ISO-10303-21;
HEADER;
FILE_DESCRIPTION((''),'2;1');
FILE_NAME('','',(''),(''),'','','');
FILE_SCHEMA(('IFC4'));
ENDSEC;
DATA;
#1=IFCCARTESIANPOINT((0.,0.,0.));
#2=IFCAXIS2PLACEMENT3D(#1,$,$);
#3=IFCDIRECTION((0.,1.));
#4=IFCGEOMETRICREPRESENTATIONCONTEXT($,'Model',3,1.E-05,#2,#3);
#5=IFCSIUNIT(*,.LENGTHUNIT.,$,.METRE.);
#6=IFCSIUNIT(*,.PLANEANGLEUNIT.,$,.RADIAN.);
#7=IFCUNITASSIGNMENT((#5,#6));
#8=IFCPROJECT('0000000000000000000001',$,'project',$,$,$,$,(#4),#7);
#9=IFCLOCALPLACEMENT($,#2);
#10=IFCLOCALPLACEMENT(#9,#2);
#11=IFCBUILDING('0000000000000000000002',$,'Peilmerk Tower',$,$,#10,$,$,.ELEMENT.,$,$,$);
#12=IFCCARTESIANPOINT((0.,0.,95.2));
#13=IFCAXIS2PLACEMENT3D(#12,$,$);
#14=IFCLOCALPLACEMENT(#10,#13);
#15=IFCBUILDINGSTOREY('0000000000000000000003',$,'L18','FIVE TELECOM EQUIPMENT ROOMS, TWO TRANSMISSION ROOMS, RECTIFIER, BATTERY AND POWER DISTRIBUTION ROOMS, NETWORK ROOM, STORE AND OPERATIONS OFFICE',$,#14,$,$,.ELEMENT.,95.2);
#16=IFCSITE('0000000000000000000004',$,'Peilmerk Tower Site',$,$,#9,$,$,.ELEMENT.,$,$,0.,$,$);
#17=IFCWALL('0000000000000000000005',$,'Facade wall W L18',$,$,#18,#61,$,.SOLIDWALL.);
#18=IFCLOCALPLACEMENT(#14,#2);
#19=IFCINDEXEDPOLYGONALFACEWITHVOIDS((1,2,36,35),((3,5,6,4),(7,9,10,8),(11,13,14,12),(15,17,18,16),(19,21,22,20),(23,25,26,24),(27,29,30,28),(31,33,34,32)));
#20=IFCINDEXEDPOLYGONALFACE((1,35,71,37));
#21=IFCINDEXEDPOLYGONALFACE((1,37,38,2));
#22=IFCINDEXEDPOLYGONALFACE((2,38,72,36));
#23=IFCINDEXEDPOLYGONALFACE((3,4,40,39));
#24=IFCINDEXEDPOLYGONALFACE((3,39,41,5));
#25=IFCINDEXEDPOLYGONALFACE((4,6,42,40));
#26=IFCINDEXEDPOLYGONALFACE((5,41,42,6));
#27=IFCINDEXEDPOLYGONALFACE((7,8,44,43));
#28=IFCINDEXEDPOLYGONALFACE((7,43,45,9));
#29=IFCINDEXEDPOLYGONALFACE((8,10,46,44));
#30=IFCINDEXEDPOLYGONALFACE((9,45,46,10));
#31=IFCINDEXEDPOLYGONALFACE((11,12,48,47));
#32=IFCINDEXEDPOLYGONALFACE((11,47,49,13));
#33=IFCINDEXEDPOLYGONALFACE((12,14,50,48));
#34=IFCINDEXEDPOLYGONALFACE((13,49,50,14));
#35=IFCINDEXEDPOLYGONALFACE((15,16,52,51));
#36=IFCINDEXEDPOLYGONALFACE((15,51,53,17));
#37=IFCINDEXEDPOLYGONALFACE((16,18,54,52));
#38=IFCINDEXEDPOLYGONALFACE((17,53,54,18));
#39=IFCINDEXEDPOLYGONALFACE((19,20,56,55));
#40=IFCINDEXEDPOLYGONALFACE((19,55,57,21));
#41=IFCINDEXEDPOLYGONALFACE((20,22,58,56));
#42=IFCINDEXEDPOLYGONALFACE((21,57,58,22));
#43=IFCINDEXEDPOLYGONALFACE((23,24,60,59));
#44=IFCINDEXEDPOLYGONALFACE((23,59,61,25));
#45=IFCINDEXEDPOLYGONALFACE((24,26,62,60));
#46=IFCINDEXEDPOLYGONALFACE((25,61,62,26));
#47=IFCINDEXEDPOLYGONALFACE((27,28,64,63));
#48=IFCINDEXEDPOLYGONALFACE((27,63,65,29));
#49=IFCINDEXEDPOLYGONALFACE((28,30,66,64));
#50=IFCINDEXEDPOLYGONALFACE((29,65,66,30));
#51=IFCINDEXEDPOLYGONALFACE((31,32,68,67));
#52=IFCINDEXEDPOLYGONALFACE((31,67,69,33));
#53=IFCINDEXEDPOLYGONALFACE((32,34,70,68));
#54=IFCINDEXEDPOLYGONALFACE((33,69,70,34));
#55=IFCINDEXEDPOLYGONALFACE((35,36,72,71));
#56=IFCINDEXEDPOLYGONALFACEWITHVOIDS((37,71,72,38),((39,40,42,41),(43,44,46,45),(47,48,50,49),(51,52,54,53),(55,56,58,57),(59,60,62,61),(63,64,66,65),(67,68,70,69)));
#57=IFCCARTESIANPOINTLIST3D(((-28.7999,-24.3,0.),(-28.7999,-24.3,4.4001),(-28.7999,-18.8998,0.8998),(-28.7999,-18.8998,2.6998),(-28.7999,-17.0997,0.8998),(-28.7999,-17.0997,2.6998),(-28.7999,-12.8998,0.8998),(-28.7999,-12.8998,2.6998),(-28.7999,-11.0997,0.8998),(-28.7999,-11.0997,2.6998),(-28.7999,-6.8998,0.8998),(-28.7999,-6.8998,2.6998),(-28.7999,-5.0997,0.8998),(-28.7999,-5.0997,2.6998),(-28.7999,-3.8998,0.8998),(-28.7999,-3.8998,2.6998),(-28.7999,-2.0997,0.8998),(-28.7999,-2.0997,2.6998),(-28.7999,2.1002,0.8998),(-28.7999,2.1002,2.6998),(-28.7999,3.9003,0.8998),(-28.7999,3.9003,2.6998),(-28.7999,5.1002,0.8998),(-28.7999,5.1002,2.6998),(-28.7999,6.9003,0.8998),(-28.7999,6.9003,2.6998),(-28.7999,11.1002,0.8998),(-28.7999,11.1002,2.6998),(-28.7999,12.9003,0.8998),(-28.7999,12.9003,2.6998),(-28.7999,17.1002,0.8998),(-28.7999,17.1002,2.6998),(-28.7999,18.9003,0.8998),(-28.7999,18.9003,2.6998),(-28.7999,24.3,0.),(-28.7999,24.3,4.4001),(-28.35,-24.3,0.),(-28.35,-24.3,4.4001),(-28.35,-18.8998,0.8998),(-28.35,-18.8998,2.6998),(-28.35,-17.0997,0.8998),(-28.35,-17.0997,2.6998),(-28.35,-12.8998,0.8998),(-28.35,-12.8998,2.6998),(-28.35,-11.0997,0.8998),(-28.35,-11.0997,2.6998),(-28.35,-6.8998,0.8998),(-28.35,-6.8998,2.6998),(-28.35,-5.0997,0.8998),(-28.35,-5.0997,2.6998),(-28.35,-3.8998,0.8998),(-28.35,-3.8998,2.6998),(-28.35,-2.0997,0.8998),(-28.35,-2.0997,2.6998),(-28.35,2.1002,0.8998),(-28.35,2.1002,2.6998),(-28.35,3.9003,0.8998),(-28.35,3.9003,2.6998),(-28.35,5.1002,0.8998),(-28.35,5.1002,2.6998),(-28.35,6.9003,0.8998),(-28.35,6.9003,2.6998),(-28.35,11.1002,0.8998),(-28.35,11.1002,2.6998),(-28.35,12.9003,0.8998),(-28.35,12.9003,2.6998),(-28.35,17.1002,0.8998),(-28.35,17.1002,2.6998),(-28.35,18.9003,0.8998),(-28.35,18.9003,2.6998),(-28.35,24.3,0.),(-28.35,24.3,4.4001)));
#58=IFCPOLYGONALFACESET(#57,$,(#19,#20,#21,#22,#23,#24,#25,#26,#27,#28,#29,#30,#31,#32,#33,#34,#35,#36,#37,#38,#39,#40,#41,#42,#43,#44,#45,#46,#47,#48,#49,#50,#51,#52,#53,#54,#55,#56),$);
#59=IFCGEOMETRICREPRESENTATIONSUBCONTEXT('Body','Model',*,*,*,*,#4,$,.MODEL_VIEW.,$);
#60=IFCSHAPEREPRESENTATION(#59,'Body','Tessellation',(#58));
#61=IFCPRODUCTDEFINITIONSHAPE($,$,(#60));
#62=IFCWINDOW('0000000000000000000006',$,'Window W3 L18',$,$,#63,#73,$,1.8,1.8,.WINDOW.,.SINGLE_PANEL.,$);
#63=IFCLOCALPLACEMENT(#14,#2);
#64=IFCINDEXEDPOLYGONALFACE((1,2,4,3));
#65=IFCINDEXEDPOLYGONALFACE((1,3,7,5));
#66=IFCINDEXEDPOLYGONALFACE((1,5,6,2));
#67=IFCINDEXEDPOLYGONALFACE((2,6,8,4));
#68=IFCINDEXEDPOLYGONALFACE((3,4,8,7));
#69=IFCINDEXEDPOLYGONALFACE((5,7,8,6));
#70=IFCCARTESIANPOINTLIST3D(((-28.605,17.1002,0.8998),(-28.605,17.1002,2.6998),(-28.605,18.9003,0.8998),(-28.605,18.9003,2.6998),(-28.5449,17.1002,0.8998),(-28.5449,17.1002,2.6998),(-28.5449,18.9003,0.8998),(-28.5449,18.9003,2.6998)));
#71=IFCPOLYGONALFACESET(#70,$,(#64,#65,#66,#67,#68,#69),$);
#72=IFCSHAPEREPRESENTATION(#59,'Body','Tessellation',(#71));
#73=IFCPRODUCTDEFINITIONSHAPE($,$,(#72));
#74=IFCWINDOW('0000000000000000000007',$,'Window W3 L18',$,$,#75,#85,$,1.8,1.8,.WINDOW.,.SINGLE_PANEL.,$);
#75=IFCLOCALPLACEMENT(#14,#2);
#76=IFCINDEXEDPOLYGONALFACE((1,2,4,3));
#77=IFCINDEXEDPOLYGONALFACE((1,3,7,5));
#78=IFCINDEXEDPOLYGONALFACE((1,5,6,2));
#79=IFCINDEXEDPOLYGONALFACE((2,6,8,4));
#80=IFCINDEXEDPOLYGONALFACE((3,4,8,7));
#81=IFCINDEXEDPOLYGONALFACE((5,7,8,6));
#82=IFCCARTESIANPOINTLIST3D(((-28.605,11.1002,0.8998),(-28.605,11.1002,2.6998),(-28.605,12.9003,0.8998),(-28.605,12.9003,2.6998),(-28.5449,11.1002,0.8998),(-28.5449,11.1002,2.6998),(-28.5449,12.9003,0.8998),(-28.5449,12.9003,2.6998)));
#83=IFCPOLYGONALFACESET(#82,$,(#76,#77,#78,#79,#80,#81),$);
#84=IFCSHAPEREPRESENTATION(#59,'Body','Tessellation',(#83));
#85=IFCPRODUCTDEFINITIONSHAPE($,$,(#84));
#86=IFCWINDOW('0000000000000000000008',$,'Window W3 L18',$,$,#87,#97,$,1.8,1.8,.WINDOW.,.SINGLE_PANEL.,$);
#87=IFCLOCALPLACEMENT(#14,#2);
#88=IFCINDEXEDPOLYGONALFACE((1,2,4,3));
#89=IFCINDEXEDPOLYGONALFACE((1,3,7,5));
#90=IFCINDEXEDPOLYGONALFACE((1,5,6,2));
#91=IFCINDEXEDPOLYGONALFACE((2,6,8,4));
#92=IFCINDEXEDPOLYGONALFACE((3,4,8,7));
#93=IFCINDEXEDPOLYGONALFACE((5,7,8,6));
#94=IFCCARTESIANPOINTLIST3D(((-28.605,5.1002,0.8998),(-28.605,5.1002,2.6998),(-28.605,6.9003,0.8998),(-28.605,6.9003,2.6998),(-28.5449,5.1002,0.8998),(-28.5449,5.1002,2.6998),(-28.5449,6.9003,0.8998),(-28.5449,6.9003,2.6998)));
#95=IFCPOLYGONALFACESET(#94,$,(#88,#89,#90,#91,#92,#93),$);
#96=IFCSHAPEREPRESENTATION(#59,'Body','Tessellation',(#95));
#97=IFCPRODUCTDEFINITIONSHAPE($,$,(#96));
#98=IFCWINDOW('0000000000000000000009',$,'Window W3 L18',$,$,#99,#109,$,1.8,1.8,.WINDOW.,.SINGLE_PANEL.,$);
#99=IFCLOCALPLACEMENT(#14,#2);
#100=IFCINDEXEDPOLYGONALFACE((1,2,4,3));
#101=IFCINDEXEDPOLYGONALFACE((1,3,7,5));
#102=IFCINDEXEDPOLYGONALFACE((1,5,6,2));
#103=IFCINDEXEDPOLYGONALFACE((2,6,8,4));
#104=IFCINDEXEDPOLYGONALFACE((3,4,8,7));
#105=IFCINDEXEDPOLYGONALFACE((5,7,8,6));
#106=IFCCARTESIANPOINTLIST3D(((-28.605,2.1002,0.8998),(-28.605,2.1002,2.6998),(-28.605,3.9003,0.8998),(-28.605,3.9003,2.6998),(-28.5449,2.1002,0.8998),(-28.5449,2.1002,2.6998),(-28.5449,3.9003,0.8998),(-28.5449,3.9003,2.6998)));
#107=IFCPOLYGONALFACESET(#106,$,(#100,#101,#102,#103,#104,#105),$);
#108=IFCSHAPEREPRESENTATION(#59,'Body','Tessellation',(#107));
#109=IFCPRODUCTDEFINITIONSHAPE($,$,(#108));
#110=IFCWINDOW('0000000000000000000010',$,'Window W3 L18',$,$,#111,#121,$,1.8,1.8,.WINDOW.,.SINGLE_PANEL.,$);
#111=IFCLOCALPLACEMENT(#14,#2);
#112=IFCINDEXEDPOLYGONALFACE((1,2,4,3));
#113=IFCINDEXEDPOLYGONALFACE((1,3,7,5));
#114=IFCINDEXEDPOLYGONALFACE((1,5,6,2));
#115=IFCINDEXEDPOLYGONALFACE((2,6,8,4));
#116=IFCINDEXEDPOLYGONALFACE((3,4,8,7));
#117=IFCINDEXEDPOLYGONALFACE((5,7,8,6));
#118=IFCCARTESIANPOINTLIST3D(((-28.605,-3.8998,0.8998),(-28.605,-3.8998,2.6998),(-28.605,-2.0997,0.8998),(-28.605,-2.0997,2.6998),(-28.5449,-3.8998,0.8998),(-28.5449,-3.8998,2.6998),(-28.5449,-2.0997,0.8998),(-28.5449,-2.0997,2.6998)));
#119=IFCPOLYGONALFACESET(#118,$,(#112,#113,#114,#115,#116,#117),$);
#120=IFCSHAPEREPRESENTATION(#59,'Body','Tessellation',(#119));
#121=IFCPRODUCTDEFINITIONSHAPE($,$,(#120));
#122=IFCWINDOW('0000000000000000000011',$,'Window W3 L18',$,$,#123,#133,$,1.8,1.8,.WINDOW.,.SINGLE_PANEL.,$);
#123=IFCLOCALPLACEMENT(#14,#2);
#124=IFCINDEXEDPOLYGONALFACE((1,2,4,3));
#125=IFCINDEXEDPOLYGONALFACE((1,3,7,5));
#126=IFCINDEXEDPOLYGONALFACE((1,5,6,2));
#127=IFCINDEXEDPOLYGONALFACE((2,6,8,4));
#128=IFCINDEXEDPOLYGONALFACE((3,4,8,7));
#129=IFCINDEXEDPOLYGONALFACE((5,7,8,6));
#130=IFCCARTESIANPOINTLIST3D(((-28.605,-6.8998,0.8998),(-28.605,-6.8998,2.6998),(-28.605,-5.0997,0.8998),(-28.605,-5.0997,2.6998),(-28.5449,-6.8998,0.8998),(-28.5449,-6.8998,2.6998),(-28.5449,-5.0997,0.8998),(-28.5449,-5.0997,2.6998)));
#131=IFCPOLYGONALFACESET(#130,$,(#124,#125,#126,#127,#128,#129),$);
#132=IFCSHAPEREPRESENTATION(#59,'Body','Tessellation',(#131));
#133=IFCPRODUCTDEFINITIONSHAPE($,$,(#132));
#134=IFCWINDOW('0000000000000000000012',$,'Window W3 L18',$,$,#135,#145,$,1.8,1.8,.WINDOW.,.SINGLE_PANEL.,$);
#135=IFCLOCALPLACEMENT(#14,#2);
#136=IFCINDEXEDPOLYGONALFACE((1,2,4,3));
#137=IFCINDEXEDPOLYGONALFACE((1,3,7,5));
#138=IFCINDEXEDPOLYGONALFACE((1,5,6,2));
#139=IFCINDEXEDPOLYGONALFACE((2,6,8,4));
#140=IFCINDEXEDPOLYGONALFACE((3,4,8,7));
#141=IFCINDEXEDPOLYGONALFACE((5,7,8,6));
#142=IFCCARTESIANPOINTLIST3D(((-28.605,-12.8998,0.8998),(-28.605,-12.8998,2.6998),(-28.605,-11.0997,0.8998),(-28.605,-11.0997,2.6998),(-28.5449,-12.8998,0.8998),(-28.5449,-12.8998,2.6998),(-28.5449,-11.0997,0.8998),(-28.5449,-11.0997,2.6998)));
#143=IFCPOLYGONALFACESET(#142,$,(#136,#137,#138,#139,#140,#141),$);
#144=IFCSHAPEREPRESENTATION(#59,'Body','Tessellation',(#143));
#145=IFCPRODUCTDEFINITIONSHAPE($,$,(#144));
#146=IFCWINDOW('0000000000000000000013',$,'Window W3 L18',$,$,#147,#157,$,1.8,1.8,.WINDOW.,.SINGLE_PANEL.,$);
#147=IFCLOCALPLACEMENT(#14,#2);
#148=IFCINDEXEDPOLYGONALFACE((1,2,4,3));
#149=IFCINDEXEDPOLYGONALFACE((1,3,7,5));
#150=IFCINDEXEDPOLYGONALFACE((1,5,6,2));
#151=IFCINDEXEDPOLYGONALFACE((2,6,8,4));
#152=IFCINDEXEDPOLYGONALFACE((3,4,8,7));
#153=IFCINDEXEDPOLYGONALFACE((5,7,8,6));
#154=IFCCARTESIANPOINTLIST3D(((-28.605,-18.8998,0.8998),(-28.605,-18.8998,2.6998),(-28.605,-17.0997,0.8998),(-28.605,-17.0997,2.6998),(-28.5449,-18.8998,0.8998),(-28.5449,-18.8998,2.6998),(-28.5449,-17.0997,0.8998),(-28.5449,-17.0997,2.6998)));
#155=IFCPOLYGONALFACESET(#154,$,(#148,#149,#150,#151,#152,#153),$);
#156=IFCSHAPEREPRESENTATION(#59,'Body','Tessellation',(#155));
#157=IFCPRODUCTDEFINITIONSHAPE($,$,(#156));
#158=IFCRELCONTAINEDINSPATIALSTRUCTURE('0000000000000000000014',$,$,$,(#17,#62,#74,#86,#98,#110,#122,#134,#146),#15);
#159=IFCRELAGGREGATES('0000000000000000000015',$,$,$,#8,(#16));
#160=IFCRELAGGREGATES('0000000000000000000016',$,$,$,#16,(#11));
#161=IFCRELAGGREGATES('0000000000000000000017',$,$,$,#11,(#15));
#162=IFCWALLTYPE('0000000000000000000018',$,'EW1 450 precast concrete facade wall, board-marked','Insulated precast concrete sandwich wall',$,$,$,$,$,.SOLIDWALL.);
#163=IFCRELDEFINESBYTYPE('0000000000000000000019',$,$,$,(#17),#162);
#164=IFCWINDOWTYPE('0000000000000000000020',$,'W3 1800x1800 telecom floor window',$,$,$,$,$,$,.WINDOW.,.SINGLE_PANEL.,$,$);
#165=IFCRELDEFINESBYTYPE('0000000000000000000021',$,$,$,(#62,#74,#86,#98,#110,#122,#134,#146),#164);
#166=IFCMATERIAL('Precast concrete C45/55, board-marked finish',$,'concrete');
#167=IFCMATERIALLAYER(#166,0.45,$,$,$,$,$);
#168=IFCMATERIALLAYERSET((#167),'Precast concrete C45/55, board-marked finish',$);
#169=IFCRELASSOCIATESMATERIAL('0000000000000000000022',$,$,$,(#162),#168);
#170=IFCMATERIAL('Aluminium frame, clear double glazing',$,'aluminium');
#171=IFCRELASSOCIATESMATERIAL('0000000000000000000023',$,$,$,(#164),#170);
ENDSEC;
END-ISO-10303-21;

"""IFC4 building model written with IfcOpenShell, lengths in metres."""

from ifc_helpers import new_model, si_unit, direction, frame, frame_2d, origin, place, context, subcontext, project, spatial, rectangle, extrude, material, layer, layer_set, type_object, element, fill, save


model = new_model("IFC4")

# Units and contexts
model_context = context("Model", 3, precision=1e-05, world=origin(), true_north=direction((0.0, 1.0)))
body_context = subcontext(model_context, "Body", "Model", "MODEL_VIEW")
ifc_project = project(units=[si_unit("LENGTHUNIT", "METRE"), si_unit("PLANEANGLEUNIT", "RADIAN")], contexts=[model_context])

# Site, building, storey
site_placement = place(None, origin())
site = spatial("IfcSite", under=ifc_project, at=site_placement, Name="Peilmerk Tower Site", CompositionType="ELEMENT", RefElevation=0.0)
building_placement = place(site_placement, origin())
building = spatial("IfcBuilding", under=site, at=building_placement, Name="Peilmerk Tower", CompositionType="ELEMENT")
storey_placement = place(building_placement, frame((0.0, 0.0, 95.2)))
storey = spatial("IfcBuildingStorey", under=building, at=storey_placement, Name="L18", Description="FIVE TELECOM EQUIPMENT ROOMS, TWO TRANSMISSION ROOMS, RECTIFIER, BATTERY AND POWER DISTRIBUTION ROOMS, NETWORK ROOM, STORE AND OPERATIONS OFFICE", CompositionType="ELEMENT", Elevation=95.2)

# Wall, openings, windows
ifc_material_1 = material(Name="Precast concrete C45/55, board-marked finish", Category="concrete")
ifc_layer = layer(ifc_material_1, 0.45)
ifc_layer_set = layer_set([ifc_layer], Name="Precast concrete C45/55, board-marked finish")
wall_type = type_object("IfcWallType", Name="EW1 450 precast concrete facade wall, board-marked", Description="Insulated precast concrete sandwich wall", PredefinedType="SOLIDWALL", material=ifc_layer_set)
wall_1_placement = place(storey_placement, frame((-28.575, 24.3, 0.0), z_axis=(0.0, 0.0, 1.0), x_axis=(0.0, -1.0, 0.0)))
wall_1 = element("IfcWall", 1, at=wall_1_placement, inside=storey, type_object=wall_type, Name="Facade wall W L18", PredefinedType="SOLIDWALL", context=body_context, shape_type="SweptSolid", body=[
    extrude(rectangle(XDim=48.6001, YDim=0.45, at=frame_2d((24.3, 0.0))), origin(), (0.0, 0.0, 1.0), 4.4001),
])
opening_1_placement = place(wall_1_placement, frame((5.3999, 0.0, 0.8999)))
opening_1 = element("IfcOpeningElement", 2, at=opening_1_placement, cuts=wall_1, PredefinedType="OPENING", context=body_context, shape_type="SweptSolid", body=[
    extrude(rectangle(XDim=1.8, YDim=1.8, at=frame_2d((0.8999, 0.8999))), frame((0.0, 0.2349, 0.0), z_axis=(0.0, -1.0, 0.0), x_axis=(1.0, 0.0, 0.0)), (0.0, 0.0, 1.0), 0.47),
])
opening_2_placement = place(wall_1_placement, frame((11.3999, 0.0, 0.8999)))
opening_2 = element("IfcOpeningElement", 3, at=opening_2_placement, cuts=wall_1, PredefinedType="OPENING", context=body_context, shape_type="SweptSolid", body=[
    extrude(rectangle(XDim=1.8, YDim=1.8, at=frame_2d((0.8999, 0.8999))), frame((0.0, 0.2349, 0.0), z_axis=(0.0, -1.0, 0.0), x_axis=(1.0, 0.0, 0.0)), (0.0, 0.0, 1.0), 0.47),
])
opening_3_placement = place(wall_1_placement, frame((17.3999, 0.0, 0.8999)))
opening_3 = element("IfcOpeningElement", 4, at=opening_3_placement, cuts=wall_1, PredefinedType="OPENING", context=body_context, shape_type="SweptSolid", body=[
    extrude(rectangle(XDim=1.8, YDim=1.8, at=frame_2d((0.8999, 0.8999))), frame((0.0, 0.2349, 0.0), z_axis=(0.0, -1.0, 0.0), x_axis=(1.0, 0.0, 0.0)), (0.0, 0.0, 1.0), 0.47),
])
opening_4_placement = place(wall_1_placement, frame((20.3999, 0.0, 0.8999)))
opening_4 = element("IfcOpeningElement", 5, at=opening_4_placement, cuts=wall_1, PredefinedType="OPENING", context=body_context, shape_type="SweptSolid", body=[
    extrude(rectangle(XDim=1.8, YDim=1.8, at=frame_2d((0.8999, 0.8999))), frame((0.0, 0.2349, 0.0), z_axis=(0.0, -1.0, 0.0), x_axis=(1.0, 0.0, 0.0)), (0.0, 0.0, 1.0), 0.47),
])
opening_5_placement = place(wall_1_placement, frame((26.3999, 0.0, 0.8999)))
opening_5 = element("IfcOpeningElement", 6, at=opening_5_placement, cuts=wall_1, PredefinedType="OPENING", context=body_context, shape_type="SweptSolid", body=[
    extrude(rectangle(XDim=1.8, YDim=1.8, at=frame_2d((0.8999, 0.8999))), frame((0.0, 0.2349, 0.0), z_axis=(0.0, -1.0, 0.0), x_axis=(1.0, 0.0, 0.0)), (0.0, 0.0, 1.0), 0.47),
])
opening_6_placement = place(wall_1_placement, frame((29.3999, 0.0, 0.8999)))
opening_6 = element("IfcOpeningElement", 7, at=opening_6_placement, cuts=wall_1, PredefinedType="OPENING", context=body_context, shape_type="SweptSolid", body=[
    extrude(rectangle(XDim=1.8, YDim=1.8, at=frame_2d((0.8999, 0.8999))), frame((0.0, 0.2349, 0.0), z_axis=(0.0, -1.0, 0.0), x_axis=(1.0, 0.0, 0.0)), (0.0, 0.0, 1.0), 0.47),
])
opening_7_placement = place(wall_1_placement, frame((35.3999, 0.0, 0.8999)))
opening_7 = element("IfcOpeningElement", 8, at=opening_7_placement, cuts=wall_1, PredefinedType="OPENING", context=body_context, shape_type="SweptSolid", body=[
    extrude(rectangle(XDim=1.8, YDim=1.8, at=frame_2d((0.8999, 0.8999))), frame((0.0, 0.2349, 0.0), z_axis=(0.0, -1.0, 0.0), x_axis=(1.0, 0.0, 0.0)), (0.0, 0.0, 1.0), 0.47),
])
opening_8_placement = place(wall_1_placement, frame((41.3999, 0.0, 0.8999)))
opening_8 = element("IfcOpeningElement", 9, at=opening_8_placement, cuts=wall_1, PredefinedType="OPENING", context=body_context, shape_type="SweptSolid", body=[
    extrude(rectangle(XDim=1.8, YDim=1.8, at=frame_2d((0.8999, 0.8999))), frame((0.0, 0.2349, 0.0), z_axis=(0.0, -1.0, 0.0), x_axis=(1.0, 0.0, 0.0)), (0.0, 0.0, 1.0), 0.47),
])
ifc_material_2 = material(Name="Aluminium frame, clear double glazing", Category="aluminium")
window_type = type_object("IfcWindowType", Name="W3 1800x1800 telecom floor window", PartitioningType="SINGLE_PANEL", PredefinedType="WINDOW", material=ifc_material_2)
window_1_placement = place(opening_1_placement, origin())
window_1 = element("IfcWindow", 10, at=window_1_placement, inside=storey, type_object=window_type, Name="Window W3 L18", OverallHeight=1.8, OverallWidth=1.8, PartitioningType="SINGLE_PANEL", PredefinedType="WINDOW", context=body_context, shape_type="SweptSolid", body=[
    extrude(rectangle(XDim=1.8, YDim=1.8, at=frame_2d((0.8999, 0.8999))), frame((0.0, 0.03, 0.0), z_axis=(0.0, -1.0, 0.0), x_axis=(1.0, 0.0, 0.0)), (0.0, 0.0, 1.0), 0.0601),
])
fill(opening_1, window_1)
window_2_placement = place(opening_2_placement, origin())
window_2 = element("IfcWindow", 11, at=window_2_placement, inside=storey, type_object=window_type, Name="Window W3 L18", OverallHeight=1.8, OverallWidth=1.8, PartitioningType="SINGLE_PANEL", PredefinedType="WINDOW", context=body_context, shape_type="SweptSolid", body=[
    extrude(rectangle(XDim=1.8, YDim=1.8, at=frame_2d((0.8999, 0.8999))), frame((0.0, 0.03, 0.0), z_axis=(0.0, -1.0, 0.0), x_axis=(1.0, 0.0, 0.0)), (0.0, 0.0, 1.0), 0.0601),
])
fill(opening_2, window_2)
window_3_placement = place(opening_3_placement, origin())
window_3 = element("IfcWindow", 12, at=window_3_placement, inside=storey, type_object=window_type, Name="Window W3 L18", OverallHeight=1.8, OverallWidth=1.8, PartitioningType="SINGLE_PANEL", PredefinedType="WINDOW", context=body_context, shape_type="SweptSolid", body=[
    extrude(rectangle(XDim=1.8, YDim=1.8, at=frame_2d((0.8999, 0.8999))), frame((0.0, 0.03, 0.0), z_axis=(0.0, -1.0, 0.0), x_axis=(1.0, 0.0, 0.0)), (0.0, 0.0, 1.0), 0.0601),
])
fill(opening_3, window_3)
window_4_placement = place(opening_4_placement, origin())
window_4 = element("IfcWindow", 13, at=window_4_placement, inside=storey, type_object=window_type, Name="Window W3 L18", OverallHeight=1.8, OverallWidth=1.8, PartitioningType="SINGLE_PANEL", PredefinedType="WINDOW", context=body_context, shape_type="SweptSolid", body=[
    extrude(rectangle(XDim=1.8, YDim=1.8, at=frame_2d((0.8999, 0.8999))), frame((0.0, 0.03, 0.0), z_axis=(0.0, -1.0, 0.0), x_axis=(1.0, 0.0, 0.0)), (0.0, 0.0, 1.0), 0.0601),
])
fill(opening_4, window_4)
window_5_placement = place(opening_5_placement, origin())
window_5 = element("IfcWindow", 14, at=window_5_placement, inside=storey, type_object=window_type, Name="Window W3 L18", OverallHeight=1.8, OverallWidth=1.8, PartitioningType="SINGLE_PANEL", PredefinedType="WINDOW", context=body_context, shape_type="SweptSolid", body=[
    extrude(rectangle(XDim=1.8, YDim=1.8, at=frame_2d((0.8999, 0.8999))), frame((0.0, 0.03, 0.0), z_axis=(0.0, -1.0, 0.0), x_axis=(1.0, 0.0, 0.0)), (0.0, 0.0, 1.0), 0.0601),
])
fill(opening_5, window_5)
window_6_placement = place(opening_6_placement, origin())
window_6 = element("IfcWindow", 15, at=window_6_placement, inside=storey, type_object=window_type, Name="Window W3 L18", OverallHeight=1.8, OverallWidth=1.8, PartitioningType="SINGLE_PANEL", PredefinedType="WINDOW", context=body_context, shape_type="SweptSolid", body=[
    extrude(rectangle(XDim=1.8, YDim=1.8, at=frame_2d((0.8999, 0.8999))), frame((0.0, 0.03, 0.0), z_axis=(0.0, -1.0, 0.0), x_axis=(1.0, 0.0, 0.0)), (0.0, 0.0, 1.0), 0.0601),
])
fill(opening_6, window_6)
window_7_placement = place(opening_7_placement, origin())
window_7 = element("IfcWindow", 16, at=window_7_placement, inside=storey, type_object=window_type, Name="Window W3 L18", OverallHeight=1.8, OverallWidth=1.8, PartitioningType="SINGLE_PANEL", PredefinedType="WINDOW", context=body_context, shape_type="SweptSolid", body=[
    extrude(rectangle(XDim=1.8, YDim=1.8, at=frame_2d((0.8999, 0.8999))), frame((0.0, 0.03, 0.0), z_axis=(0.0, -1.0, 0.0), x_axis=(1.0, 0.0, 0.0)), (0.0, 0.0, 1.0), 0.0601),
])
fill(opening_7, window_7)
window_8_placement = place(opening_8_placement, origin())
window_8 = element("IfcWindow", 17, at=window_8_placement, inside=storey, type_object=window_type, Name="Window W3 L18", OverallHeight=1.8, OverallWidth=1.8, PartitioningType="SINGLE_PANEL", PredefinedType="WINDOW", context=body_context, shape_type="SweptSolid", body=[
    extrude(rectangle(XDim=1.8, YDim=1.8, at=frame_2d((0.8999, 0.8999))), frame((0.0, 0.03, 0.0), z_axis=(0.0, -1.0, 0.0), x_axis=(1.0, 0.0, 0.0)), (0.0, 0.0, 1.0), 0.0601),
])
fill(opening_8, window_8)

save(model, "model.ifc")
